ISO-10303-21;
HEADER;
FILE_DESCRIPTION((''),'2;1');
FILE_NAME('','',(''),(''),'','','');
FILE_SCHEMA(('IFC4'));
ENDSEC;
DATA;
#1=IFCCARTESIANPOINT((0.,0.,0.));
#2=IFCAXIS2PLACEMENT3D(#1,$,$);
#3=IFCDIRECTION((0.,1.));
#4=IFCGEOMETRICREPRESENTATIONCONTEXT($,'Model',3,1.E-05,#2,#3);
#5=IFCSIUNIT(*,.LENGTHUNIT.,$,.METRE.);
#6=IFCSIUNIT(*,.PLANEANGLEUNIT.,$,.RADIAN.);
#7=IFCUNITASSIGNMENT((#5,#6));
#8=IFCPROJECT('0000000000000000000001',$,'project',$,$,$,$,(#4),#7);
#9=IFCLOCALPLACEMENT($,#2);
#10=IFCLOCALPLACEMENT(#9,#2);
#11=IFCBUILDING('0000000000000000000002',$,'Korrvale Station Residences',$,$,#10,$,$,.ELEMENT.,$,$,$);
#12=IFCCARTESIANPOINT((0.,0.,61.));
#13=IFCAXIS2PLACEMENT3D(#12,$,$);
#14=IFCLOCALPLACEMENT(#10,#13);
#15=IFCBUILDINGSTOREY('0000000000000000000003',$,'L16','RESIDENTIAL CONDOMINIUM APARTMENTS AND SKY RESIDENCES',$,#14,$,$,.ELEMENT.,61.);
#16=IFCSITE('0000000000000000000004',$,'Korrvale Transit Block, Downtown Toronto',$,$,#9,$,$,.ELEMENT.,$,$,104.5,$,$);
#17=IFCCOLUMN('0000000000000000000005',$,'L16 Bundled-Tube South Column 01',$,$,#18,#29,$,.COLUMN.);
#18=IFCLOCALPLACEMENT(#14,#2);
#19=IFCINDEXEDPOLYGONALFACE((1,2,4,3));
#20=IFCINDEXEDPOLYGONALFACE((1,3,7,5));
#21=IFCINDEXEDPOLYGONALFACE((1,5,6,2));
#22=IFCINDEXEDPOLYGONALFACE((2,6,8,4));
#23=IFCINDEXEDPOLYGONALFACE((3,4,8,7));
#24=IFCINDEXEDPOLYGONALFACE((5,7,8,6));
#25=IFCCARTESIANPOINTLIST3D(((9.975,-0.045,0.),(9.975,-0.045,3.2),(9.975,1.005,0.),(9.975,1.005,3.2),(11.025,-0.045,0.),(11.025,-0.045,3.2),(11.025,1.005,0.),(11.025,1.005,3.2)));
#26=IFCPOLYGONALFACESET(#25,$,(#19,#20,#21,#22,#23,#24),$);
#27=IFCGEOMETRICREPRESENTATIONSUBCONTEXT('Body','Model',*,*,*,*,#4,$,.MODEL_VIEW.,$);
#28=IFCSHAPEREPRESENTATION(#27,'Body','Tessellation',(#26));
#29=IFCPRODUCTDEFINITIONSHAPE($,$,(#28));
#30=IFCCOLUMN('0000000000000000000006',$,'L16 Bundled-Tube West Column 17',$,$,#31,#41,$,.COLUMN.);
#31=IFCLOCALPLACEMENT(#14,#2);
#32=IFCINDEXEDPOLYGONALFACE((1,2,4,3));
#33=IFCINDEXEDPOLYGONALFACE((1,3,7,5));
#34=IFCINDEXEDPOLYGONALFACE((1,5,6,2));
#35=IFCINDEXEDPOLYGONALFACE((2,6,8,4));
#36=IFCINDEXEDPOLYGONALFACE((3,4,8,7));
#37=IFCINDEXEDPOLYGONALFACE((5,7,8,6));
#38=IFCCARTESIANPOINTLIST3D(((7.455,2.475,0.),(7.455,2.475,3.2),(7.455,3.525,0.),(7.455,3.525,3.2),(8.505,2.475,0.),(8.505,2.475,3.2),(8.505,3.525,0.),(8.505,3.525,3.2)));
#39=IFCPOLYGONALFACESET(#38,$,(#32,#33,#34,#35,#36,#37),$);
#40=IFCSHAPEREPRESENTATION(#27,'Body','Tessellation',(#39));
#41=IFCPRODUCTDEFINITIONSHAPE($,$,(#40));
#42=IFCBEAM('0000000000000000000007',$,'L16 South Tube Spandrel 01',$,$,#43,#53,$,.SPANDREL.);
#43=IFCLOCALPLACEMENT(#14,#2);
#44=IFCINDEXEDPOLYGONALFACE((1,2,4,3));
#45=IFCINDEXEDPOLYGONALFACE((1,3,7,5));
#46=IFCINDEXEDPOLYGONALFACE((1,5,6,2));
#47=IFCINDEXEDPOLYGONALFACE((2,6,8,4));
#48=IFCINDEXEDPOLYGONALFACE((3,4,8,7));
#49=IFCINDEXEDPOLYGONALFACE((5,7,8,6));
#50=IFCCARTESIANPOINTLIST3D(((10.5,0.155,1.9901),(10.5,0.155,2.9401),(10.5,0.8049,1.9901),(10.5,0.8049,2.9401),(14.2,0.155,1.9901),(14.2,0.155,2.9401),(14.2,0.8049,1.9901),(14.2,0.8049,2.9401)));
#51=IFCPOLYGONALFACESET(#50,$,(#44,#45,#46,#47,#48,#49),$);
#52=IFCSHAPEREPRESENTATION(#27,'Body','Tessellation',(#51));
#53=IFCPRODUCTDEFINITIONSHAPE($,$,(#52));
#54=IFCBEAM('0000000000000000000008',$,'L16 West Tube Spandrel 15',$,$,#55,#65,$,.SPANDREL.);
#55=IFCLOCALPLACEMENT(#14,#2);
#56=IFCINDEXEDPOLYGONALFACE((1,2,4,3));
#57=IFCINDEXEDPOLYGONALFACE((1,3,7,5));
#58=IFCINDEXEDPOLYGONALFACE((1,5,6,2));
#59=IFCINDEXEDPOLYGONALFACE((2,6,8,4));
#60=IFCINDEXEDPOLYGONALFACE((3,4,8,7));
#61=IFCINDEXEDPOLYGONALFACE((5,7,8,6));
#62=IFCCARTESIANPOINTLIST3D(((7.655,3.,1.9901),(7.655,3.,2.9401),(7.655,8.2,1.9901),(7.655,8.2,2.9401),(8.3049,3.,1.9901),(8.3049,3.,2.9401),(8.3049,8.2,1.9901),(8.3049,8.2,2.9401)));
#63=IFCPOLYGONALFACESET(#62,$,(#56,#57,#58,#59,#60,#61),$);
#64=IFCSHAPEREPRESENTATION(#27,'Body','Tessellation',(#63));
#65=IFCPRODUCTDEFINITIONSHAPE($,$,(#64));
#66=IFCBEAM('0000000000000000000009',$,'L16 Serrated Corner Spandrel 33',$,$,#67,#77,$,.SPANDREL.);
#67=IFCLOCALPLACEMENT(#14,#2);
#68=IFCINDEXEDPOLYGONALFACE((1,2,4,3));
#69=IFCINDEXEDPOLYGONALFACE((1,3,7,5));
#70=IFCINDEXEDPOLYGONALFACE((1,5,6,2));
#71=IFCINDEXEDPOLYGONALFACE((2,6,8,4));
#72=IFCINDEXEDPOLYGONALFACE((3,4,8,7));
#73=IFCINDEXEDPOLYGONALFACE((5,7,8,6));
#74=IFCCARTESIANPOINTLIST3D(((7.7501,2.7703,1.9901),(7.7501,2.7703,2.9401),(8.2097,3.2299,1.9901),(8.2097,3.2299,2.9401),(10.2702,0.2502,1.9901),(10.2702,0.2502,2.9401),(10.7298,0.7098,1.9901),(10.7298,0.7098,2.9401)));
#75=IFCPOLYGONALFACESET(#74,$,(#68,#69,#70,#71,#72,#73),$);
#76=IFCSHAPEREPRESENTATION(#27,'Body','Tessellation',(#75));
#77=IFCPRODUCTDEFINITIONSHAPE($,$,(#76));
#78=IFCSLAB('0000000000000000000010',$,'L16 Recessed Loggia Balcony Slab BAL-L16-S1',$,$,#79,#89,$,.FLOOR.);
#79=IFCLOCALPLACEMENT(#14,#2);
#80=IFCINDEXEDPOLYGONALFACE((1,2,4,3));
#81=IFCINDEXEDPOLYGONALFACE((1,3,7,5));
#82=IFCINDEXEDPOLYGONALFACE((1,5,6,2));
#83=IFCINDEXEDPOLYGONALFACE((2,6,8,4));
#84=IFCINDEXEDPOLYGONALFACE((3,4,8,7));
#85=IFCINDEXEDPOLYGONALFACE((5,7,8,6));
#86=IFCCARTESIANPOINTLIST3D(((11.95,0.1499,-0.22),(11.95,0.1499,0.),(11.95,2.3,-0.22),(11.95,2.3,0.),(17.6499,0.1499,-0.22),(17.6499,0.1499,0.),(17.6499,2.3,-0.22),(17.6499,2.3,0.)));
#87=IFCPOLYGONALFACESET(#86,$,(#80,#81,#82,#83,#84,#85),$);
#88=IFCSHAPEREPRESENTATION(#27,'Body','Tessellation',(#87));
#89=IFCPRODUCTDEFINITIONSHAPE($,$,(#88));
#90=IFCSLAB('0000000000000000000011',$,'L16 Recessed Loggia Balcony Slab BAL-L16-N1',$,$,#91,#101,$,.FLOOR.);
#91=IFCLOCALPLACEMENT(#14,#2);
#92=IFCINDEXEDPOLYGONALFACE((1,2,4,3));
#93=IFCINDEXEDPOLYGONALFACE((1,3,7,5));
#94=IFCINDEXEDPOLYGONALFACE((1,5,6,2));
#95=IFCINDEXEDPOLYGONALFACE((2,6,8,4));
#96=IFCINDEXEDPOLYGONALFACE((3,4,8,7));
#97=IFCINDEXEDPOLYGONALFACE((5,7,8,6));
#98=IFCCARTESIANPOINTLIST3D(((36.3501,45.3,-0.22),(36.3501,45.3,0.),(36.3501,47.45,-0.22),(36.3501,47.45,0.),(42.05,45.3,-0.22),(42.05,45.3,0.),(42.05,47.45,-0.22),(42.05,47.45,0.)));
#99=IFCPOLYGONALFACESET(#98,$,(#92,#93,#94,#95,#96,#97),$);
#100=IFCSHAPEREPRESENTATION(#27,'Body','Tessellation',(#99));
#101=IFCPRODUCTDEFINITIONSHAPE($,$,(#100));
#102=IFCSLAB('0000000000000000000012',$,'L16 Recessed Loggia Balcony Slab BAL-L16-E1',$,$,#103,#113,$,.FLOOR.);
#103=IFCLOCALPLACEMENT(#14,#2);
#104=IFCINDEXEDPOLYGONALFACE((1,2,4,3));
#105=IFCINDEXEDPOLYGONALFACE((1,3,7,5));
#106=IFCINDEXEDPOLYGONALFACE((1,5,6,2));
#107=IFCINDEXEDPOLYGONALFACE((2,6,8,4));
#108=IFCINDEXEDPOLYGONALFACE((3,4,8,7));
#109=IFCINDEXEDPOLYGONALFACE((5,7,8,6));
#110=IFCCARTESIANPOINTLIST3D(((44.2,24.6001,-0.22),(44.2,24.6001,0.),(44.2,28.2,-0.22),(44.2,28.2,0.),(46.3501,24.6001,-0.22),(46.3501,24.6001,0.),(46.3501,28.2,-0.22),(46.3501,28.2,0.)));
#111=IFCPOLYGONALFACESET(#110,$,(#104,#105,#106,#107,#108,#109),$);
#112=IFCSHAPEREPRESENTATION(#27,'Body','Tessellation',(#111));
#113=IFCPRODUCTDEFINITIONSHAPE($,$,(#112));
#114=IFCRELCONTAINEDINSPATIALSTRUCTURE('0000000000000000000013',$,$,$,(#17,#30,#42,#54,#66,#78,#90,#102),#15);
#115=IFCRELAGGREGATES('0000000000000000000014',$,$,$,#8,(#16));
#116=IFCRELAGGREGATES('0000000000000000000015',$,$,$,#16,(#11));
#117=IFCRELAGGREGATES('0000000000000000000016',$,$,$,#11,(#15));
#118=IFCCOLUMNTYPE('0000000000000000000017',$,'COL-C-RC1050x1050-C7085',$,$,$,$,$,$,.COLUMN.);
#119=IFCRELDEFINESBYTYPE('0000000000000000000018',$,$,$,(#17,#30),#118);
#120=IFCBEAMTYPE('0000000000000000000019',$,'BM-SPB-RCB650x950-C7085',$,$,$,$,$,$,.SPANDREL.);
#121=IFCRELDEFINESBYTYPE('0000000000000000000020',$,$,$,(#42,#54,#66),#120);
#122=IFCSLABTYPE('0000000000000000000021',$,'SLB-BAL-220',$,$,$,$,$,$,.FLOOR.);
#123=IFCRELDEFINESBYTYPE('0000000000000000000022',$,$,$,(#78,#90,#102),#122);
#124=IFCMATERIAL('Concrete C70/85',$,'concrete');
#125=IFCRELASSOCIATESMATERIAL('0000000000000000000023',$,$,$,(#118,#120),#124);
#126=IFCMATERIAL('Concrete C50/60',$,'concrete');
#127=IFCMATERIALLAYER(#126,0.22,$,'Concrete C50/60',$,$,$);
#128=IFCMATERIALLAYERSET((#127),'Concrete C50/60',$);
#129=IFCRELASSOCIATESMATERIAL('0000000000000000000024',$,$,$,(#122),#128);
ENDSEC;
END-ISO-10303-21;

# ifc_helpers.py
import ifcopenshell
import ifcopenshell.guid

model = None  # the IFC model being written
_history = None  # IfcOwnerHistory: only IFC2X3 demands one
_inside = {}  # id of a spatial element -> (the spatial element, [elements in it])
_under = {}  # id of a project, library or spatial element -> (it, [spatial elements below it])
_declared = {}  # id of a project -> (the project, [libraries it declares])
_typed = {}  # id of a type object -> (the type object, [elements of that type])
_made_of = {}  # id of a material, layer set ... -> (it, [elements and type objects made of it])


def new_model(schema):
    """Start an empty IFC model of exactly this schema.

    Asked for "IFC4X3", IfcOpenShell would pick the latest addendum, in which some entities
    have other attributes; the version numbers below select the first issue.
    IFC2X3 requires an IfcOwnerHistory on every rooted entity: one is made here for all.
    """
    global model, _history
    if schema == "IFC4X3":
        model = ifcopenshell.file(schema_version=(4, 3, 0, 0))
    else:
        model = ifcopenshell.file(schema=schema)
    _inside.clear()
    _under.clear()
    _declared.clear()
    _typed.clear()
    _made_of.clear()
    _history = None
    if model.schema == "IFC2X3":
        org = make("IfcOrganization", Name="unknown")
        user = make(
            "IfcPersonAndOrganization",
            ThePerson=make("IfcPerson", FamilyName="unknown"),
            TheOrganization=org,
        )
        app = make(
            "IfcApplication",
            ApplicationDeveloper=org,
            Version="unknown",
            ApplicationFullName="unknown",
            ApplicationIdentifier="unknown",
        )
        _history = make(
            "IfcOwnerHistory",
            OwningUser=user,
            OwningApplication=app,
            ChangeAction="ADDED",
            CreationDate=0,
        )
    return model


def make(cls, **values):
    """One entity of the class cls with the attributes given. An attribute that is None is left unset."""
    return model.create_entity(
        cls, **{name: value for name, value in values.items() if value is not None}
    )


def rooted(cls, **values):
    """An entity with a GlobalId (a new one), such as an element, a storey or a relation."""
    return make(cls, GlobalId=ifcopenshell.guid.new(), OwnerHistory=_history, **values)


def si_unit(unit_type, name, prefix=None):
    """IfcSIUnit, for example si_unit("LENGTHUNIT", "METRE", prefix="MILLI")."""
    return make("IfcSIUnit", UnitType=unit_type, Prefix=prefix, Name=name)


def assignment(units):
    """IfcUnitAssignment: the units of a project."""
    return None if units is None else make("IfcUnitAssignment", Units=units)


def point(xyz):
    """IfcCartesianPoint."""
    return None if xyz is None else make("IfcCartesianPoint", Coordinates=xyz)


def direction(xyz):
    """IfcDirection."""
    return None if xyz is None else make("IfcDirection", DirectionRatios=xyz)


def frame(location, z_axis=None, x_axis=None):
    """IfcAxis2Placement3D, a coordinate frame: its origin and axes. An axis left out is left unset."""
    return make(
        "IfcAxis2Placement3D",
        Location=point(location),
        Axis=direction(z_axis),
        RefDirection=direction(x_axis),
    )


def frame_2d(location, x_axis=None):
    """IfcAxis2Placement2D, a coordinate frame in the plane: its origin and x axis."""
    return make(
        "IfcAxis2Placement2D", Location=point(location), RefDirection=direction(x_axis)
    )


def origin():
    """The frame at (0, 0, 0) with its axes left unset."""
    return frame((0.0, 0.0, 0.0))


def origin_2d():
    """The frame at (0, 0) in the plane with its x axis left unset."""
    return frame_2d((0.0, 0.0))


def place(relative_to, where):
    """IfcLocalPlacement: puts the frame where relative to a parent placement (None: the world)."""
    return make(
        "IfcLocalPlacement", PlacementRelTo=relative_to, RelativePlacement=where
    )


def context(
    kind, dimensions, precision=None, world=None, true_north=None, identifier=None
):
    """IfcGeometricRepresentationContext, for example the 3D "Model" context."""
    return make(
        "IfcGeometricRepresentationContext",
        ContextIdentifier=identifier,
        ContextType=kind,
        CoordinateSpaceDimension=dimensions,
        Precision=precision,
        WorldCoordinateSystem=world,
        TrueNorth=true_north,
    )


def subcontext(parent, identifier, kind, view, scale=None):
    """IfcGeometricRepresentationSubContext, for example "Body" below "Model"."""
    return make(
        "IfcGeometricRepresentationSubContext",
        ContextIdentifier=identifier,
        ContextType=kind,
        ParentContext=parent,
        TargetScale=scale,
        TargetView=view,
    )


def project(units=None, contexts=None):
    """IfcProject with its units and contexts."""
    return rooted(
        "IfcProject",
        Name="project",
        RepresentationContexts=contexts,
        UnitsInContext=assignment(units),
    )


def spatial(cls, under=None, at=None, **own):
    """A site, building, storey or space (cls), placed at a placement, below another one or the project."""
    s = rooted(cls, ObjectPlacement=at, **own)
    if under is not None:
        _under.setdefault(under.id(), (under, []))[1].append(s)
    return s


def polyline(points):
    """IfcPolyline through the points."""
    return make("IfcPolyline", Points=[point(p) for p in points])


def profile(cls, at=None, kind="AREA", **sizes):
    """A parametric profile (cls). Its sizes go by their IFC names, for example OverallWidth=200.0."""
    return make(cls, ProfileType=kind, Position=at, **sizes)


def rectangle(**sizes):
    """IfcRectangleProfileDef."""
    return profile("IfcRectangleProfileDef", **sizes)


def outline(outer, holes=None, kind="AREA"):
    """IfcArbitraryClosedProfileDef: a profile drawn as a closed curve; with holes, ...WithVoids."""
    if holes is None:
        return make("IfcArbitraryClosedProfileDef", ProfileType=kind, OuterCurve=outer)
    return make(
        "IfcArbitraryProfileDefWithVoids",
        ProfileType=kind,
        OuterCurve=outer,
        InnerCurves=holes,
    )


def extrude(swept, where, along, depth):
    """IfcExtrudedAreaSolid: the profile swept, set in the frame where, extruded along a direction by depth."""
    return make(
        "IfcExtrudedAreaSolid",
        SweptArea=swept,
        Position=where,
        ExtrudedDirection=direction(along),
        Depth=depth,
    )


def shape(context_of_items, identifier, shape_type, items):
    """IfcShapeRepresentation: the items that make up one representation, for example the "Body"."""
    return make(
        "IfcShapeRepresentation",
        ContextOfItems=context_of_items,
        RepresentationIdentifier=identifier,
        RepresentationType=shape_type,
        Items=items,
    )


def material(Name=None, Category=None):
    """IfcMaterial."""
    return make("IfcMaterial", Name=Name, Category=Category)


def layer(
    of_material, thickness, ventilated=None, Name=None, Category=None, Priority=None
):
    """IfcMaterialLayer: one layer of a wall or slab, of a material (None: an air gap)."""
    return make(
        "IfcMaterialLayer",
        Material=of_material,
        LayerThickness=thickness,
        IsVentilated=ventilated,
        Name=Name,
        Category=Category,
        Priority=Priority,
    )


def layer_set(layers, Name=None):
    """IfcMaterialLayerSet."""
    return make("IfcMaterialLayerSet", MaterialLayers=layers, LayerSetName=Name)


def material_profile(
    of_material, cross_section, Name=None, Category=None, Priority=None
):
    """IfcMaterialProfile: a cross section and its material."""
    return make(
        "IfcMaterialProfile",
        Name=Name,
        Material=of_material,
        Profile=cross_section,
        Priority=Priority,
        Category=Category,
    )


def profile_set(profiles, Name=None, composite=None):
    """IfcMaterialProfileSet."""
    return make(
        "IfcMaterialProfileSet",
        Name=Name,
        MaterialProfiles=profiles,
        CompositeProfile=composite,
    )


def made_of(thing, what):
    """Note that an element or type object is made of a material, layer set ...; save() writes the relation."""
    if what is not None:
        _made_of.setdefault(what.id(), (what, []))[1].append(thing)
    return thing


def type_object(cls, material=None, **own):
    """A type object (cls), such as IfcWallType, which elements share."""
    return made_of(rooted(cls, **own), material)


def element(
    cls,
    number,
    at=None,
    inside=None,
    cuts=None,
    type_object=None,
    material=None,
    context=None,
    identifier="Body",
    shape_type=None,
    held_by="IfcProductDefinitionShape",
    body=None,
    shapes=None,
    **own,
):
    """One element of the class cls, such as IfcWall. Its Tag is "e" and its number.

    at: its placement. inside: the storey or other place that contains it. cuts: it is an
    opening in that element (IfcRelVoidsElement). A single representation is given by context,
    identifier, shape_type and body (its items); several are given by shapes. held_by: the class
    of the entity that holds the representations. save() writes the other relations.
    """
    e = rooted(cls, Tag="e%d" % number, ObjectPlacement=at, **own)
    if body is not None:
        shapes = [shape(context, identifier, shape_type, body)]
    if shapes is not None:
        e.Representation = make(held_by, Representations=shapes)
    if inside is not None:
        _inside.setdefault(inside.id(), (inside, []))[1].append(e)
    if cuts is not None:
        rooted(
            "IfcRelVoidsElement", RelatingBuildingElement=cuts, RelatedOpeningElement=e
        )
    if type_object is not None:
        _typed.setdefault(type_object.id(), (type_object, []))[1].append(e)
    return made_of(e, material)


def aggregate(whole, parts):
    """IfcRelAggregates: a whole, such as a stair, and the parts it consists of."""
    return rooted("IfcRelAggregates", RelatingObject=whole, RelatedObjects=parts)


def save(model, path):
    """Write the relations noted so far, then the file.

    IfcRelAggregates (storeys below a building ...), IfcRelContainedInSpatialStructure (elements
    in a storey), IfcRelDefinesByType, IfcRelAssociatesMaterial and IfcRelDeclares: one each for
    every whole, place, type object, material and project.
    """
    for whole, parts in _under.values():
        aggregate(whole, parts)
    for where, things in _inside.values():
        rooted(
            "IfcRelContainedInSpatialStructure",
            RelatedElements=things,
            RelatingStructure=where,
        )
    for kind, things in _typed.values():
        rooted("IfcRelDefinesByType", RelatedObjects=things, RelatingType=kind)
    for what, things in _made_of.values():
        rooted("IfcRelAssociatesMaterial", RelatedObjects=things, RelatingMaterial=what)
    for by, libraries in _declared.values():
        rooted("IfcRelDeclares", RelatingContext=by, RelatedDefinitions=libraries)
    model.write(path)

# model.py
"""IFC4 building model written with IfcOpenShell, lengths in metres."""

from ifc_helpers import new_model, si_unit, direction, frame, origin, origin_2d, place, context, subcontext, project, spatial, polyline, rectangle, outline, extrude, material, layer, layer_set, material_profile, profile_set, type_object, element, save


model = new_model("IFC4")

# Units and contexts
model_context = context("Model", 3, precision=1e-05, world=origin(), true_north=direction((0.0, 1.0)))
body_context = subcontext(model_context, "Body", "Model", "MODEL_VIEW")
ifc_project = project(units=[si_unit("LENGTHUNIT", "METRE"), si_unit("PLANEANGLEUNIT", "RADIAN")], contexts=[model_context])

# Site, building, storey
site_placement = place(None, origin())
site = spatial("IfcSite", under=ifc_project, at=site_placement, Name="Korrvale Transit Block, Downtown Toronto", CompositionType="ELEMENT", RefElevation=104.5)
building_placement = place(site_placement, origin())
building = spatial("IfcBuilding", under=site, at=building_placement, Name="Korrvale Station Residences", CompositionType="ELEMENT")
storey_placement = place(building_placement, frame((0.0, 0.0, 61.0)))
storey = spatial("IfcBuildingStorey", under=building, at=storey_placement, Name="L16", Description="RESIDENTIAL CONDOMINIUM APARTMENTS AND SKY RESIDENCES", CompositionType="ELEMENT", Elevation=61.0)

# Columns
ifc_material_1 = material(Name="Concrete C70/85", Category="concrete")
ifc_material_profile_1 = material_profile(ifc_material_1, rectangle(XDim=1.05, YDim=1.05, at=origin_2d()), Name="RC1050x1050")
ifc_profile_set_1 = profile_set([ifc_material_profile_1], Name="Concrete C70/85")
column_type = type_object("IfcColumnType", Name="COL-C-RC1050x1050-C7085", PredefinedType="COLUMN", material=ifc_profile_set_1)
for number, where, z_axis, x_axis, name in (
    (1, (10.5, 0.48, 0.0), (0.0, 0.0, 1.0), (1.0, 0.0, 0.0), "L16 Bundled-Tube South Column 01"),
    (2, (7.98, 3.0, 0.0), (0.0, 0.0, 1.0), (1.0, 0.0, 0.0), "L16 Bundled-Tube West Column 17"),
):
    element("IfcColumn", number, at=place(storey_placement, frame(where, z_axis=z_axis, x_axis=x_axis)), inside=storey, type_object=column_type, Name=name, PredefinedType="COLUMN", context=body_context, shape_type="SweptSolid", body=[
        extrude(rectangle(XDim=1.05, YDim=1.05, at=origin_2d()), origin(), (0.0, 0.0, 1.0), 3.2),
    ])

# Beams
ifc_material_profile_2 = material_profile(ifc_material_1, rectangle(XDim=0.6499, YDim=0.95, at=origin_2d()), Name="RCB650x950")
ifc_profile_set_2 = profile_set([ifc_material_profile_2], Name="Concrete C70/85")
beam_type = type_object("IfcBeamType", Name="BM-SPB-RCB650x950-C7085", PredefinedType="SPANDREL", material=ifc_profile_set_2)
beam_1_placement = place(storey_placement, frame((10.5, 0.48, 2.4651), z_axis=(1.0, 0.0, 0.0), x_axis=(0.0, 1.0, 0.0)))
element("IfcBeam", 3, at=beam_1_placement, inside=storey, type_object=beam_type, Name="L16 South Tube Spandrel 01", PredefinedType="SPANDREL", context=body_context, shape_type="SweptSolid", body=[
    extrude(rectangle(XDim=0.6499, YDim=0.95, at=origin_2d()), origin(), (0.0, 0.0, 1.0), 3.7),
])
beam_2_placement = place(storey_placement, frame((7.98, 3.0, 2.4651), z_axis=(0.0, 1.0, 0.0), x_axis=(-1.0, 0.0, 0.0)))
element("IfcBeam", 4, at=beam_2_placement, inside=storey, type_object=beam_type, Name="L16 West Tube Spandrel 15", PredefinedType="SPANDREL", context=body_context, shape_type="SweptSolid", body=[
    extrude(rectangle(XDim=0.6499, YDim=0.95, at=origin_2d()), origin(), (0.0, 0.0, 1.0), 5.2),
])
beam_3_placement = place(storey_placement, frame((10.5, 0.48, 2.4651), z_axis=(-0.707107, 0.707107, 0.0), x_axis=(-0.707107, -0.707107, 0.0)))
element("IfcBeam", 5, at=beam_3_placement, inside=storey, type_object=beam_type, Name="L16 Serrated Corner Spandrel 33", PredefinedType="SPANDREL", context=body_context, shape_type="SweptSolid", body=[
    extrude(rectangle(XDim=0.6499, YDim=0.95, at=origin_2d()), origin(), (0.0, 0.0, 1.0), 3.564),
])

# Slabs
ifc_material_2 = material(Name="Concrete C50/60", Category="concrete")
ifc_layer_1 = layer(ifc_material_2, 0.22, Name="Concrete C50/60")
ifc_layer_set_1 = layer_set([ifc_layer_1], Name="Concrete C50/60")
slab_type_1 = type_object("IfcSlabType", Name="SLB-BAL-220", PredefinedType="FLOOR", material=ifc_layer_set_1)
slab_1_placement = place(storey_placement, frame((0.0, 0.0, -0.22)))
element("IfcSlab", 6, at=slab_1_placement, inside=storey, type_object=slab_type_1, Name="L16 Recessed Loggia Balcony Slab BAL-L16-S1", PredefinedType="FLOOR", context=body_context, shape_type="SweptSolid", body=[
    extrude(outline(polyline([(11.95, 0.1499), (17.6499, 0.1499), (17.6499, 2.3), (11.95, 2.3), (11.95, 0.1499)])), origin(), (0.0, 0.0, 1.0), 0.22),
])
slab_2_placement = place(storey_placement, frame((0.0, 0.0, -0.22)))
element("IfcSlab", 7, at=slab_2_placement, inside=storey, type_object=slab_type_1, Name="L16 Recessed Loggia Balcony Slab BAL-L16-N1", PredefinedType="FLOOR", context=body_context, shape_type="SweptSolid", body=[
    extrude(outline(polyline([(36.3501, 45.3), (42.05, 45.3), (42.05, 47.45), (36.3501, 47.45), (36.3501, 45.3)])), origin(), (0.0, 0.0, 1.0), 0.22),
])
slab_3_placement = place(storey_placement, frame((0.0, 0.0, -0.22)))
element("IfcSlab", 8, at=slab_3_placement, inside=storey, type_object=slab_type_1, Name="L16 Recessed Loggia Balcony Slab BAL-L16-E1", PredefinedType="FLOOR", context=body_context, shape_type="SweptSolid", body=[
    extrude(outline(polyline([(44.2, 24.6001), (46.3501, 24.6001), (46.3501, 28.2), (44.2, 28.2), (44.2, 24.6001)])), origin(), (0.0, 0.0, 1.0), 0.22),
])

save(model, "model.ifc")
